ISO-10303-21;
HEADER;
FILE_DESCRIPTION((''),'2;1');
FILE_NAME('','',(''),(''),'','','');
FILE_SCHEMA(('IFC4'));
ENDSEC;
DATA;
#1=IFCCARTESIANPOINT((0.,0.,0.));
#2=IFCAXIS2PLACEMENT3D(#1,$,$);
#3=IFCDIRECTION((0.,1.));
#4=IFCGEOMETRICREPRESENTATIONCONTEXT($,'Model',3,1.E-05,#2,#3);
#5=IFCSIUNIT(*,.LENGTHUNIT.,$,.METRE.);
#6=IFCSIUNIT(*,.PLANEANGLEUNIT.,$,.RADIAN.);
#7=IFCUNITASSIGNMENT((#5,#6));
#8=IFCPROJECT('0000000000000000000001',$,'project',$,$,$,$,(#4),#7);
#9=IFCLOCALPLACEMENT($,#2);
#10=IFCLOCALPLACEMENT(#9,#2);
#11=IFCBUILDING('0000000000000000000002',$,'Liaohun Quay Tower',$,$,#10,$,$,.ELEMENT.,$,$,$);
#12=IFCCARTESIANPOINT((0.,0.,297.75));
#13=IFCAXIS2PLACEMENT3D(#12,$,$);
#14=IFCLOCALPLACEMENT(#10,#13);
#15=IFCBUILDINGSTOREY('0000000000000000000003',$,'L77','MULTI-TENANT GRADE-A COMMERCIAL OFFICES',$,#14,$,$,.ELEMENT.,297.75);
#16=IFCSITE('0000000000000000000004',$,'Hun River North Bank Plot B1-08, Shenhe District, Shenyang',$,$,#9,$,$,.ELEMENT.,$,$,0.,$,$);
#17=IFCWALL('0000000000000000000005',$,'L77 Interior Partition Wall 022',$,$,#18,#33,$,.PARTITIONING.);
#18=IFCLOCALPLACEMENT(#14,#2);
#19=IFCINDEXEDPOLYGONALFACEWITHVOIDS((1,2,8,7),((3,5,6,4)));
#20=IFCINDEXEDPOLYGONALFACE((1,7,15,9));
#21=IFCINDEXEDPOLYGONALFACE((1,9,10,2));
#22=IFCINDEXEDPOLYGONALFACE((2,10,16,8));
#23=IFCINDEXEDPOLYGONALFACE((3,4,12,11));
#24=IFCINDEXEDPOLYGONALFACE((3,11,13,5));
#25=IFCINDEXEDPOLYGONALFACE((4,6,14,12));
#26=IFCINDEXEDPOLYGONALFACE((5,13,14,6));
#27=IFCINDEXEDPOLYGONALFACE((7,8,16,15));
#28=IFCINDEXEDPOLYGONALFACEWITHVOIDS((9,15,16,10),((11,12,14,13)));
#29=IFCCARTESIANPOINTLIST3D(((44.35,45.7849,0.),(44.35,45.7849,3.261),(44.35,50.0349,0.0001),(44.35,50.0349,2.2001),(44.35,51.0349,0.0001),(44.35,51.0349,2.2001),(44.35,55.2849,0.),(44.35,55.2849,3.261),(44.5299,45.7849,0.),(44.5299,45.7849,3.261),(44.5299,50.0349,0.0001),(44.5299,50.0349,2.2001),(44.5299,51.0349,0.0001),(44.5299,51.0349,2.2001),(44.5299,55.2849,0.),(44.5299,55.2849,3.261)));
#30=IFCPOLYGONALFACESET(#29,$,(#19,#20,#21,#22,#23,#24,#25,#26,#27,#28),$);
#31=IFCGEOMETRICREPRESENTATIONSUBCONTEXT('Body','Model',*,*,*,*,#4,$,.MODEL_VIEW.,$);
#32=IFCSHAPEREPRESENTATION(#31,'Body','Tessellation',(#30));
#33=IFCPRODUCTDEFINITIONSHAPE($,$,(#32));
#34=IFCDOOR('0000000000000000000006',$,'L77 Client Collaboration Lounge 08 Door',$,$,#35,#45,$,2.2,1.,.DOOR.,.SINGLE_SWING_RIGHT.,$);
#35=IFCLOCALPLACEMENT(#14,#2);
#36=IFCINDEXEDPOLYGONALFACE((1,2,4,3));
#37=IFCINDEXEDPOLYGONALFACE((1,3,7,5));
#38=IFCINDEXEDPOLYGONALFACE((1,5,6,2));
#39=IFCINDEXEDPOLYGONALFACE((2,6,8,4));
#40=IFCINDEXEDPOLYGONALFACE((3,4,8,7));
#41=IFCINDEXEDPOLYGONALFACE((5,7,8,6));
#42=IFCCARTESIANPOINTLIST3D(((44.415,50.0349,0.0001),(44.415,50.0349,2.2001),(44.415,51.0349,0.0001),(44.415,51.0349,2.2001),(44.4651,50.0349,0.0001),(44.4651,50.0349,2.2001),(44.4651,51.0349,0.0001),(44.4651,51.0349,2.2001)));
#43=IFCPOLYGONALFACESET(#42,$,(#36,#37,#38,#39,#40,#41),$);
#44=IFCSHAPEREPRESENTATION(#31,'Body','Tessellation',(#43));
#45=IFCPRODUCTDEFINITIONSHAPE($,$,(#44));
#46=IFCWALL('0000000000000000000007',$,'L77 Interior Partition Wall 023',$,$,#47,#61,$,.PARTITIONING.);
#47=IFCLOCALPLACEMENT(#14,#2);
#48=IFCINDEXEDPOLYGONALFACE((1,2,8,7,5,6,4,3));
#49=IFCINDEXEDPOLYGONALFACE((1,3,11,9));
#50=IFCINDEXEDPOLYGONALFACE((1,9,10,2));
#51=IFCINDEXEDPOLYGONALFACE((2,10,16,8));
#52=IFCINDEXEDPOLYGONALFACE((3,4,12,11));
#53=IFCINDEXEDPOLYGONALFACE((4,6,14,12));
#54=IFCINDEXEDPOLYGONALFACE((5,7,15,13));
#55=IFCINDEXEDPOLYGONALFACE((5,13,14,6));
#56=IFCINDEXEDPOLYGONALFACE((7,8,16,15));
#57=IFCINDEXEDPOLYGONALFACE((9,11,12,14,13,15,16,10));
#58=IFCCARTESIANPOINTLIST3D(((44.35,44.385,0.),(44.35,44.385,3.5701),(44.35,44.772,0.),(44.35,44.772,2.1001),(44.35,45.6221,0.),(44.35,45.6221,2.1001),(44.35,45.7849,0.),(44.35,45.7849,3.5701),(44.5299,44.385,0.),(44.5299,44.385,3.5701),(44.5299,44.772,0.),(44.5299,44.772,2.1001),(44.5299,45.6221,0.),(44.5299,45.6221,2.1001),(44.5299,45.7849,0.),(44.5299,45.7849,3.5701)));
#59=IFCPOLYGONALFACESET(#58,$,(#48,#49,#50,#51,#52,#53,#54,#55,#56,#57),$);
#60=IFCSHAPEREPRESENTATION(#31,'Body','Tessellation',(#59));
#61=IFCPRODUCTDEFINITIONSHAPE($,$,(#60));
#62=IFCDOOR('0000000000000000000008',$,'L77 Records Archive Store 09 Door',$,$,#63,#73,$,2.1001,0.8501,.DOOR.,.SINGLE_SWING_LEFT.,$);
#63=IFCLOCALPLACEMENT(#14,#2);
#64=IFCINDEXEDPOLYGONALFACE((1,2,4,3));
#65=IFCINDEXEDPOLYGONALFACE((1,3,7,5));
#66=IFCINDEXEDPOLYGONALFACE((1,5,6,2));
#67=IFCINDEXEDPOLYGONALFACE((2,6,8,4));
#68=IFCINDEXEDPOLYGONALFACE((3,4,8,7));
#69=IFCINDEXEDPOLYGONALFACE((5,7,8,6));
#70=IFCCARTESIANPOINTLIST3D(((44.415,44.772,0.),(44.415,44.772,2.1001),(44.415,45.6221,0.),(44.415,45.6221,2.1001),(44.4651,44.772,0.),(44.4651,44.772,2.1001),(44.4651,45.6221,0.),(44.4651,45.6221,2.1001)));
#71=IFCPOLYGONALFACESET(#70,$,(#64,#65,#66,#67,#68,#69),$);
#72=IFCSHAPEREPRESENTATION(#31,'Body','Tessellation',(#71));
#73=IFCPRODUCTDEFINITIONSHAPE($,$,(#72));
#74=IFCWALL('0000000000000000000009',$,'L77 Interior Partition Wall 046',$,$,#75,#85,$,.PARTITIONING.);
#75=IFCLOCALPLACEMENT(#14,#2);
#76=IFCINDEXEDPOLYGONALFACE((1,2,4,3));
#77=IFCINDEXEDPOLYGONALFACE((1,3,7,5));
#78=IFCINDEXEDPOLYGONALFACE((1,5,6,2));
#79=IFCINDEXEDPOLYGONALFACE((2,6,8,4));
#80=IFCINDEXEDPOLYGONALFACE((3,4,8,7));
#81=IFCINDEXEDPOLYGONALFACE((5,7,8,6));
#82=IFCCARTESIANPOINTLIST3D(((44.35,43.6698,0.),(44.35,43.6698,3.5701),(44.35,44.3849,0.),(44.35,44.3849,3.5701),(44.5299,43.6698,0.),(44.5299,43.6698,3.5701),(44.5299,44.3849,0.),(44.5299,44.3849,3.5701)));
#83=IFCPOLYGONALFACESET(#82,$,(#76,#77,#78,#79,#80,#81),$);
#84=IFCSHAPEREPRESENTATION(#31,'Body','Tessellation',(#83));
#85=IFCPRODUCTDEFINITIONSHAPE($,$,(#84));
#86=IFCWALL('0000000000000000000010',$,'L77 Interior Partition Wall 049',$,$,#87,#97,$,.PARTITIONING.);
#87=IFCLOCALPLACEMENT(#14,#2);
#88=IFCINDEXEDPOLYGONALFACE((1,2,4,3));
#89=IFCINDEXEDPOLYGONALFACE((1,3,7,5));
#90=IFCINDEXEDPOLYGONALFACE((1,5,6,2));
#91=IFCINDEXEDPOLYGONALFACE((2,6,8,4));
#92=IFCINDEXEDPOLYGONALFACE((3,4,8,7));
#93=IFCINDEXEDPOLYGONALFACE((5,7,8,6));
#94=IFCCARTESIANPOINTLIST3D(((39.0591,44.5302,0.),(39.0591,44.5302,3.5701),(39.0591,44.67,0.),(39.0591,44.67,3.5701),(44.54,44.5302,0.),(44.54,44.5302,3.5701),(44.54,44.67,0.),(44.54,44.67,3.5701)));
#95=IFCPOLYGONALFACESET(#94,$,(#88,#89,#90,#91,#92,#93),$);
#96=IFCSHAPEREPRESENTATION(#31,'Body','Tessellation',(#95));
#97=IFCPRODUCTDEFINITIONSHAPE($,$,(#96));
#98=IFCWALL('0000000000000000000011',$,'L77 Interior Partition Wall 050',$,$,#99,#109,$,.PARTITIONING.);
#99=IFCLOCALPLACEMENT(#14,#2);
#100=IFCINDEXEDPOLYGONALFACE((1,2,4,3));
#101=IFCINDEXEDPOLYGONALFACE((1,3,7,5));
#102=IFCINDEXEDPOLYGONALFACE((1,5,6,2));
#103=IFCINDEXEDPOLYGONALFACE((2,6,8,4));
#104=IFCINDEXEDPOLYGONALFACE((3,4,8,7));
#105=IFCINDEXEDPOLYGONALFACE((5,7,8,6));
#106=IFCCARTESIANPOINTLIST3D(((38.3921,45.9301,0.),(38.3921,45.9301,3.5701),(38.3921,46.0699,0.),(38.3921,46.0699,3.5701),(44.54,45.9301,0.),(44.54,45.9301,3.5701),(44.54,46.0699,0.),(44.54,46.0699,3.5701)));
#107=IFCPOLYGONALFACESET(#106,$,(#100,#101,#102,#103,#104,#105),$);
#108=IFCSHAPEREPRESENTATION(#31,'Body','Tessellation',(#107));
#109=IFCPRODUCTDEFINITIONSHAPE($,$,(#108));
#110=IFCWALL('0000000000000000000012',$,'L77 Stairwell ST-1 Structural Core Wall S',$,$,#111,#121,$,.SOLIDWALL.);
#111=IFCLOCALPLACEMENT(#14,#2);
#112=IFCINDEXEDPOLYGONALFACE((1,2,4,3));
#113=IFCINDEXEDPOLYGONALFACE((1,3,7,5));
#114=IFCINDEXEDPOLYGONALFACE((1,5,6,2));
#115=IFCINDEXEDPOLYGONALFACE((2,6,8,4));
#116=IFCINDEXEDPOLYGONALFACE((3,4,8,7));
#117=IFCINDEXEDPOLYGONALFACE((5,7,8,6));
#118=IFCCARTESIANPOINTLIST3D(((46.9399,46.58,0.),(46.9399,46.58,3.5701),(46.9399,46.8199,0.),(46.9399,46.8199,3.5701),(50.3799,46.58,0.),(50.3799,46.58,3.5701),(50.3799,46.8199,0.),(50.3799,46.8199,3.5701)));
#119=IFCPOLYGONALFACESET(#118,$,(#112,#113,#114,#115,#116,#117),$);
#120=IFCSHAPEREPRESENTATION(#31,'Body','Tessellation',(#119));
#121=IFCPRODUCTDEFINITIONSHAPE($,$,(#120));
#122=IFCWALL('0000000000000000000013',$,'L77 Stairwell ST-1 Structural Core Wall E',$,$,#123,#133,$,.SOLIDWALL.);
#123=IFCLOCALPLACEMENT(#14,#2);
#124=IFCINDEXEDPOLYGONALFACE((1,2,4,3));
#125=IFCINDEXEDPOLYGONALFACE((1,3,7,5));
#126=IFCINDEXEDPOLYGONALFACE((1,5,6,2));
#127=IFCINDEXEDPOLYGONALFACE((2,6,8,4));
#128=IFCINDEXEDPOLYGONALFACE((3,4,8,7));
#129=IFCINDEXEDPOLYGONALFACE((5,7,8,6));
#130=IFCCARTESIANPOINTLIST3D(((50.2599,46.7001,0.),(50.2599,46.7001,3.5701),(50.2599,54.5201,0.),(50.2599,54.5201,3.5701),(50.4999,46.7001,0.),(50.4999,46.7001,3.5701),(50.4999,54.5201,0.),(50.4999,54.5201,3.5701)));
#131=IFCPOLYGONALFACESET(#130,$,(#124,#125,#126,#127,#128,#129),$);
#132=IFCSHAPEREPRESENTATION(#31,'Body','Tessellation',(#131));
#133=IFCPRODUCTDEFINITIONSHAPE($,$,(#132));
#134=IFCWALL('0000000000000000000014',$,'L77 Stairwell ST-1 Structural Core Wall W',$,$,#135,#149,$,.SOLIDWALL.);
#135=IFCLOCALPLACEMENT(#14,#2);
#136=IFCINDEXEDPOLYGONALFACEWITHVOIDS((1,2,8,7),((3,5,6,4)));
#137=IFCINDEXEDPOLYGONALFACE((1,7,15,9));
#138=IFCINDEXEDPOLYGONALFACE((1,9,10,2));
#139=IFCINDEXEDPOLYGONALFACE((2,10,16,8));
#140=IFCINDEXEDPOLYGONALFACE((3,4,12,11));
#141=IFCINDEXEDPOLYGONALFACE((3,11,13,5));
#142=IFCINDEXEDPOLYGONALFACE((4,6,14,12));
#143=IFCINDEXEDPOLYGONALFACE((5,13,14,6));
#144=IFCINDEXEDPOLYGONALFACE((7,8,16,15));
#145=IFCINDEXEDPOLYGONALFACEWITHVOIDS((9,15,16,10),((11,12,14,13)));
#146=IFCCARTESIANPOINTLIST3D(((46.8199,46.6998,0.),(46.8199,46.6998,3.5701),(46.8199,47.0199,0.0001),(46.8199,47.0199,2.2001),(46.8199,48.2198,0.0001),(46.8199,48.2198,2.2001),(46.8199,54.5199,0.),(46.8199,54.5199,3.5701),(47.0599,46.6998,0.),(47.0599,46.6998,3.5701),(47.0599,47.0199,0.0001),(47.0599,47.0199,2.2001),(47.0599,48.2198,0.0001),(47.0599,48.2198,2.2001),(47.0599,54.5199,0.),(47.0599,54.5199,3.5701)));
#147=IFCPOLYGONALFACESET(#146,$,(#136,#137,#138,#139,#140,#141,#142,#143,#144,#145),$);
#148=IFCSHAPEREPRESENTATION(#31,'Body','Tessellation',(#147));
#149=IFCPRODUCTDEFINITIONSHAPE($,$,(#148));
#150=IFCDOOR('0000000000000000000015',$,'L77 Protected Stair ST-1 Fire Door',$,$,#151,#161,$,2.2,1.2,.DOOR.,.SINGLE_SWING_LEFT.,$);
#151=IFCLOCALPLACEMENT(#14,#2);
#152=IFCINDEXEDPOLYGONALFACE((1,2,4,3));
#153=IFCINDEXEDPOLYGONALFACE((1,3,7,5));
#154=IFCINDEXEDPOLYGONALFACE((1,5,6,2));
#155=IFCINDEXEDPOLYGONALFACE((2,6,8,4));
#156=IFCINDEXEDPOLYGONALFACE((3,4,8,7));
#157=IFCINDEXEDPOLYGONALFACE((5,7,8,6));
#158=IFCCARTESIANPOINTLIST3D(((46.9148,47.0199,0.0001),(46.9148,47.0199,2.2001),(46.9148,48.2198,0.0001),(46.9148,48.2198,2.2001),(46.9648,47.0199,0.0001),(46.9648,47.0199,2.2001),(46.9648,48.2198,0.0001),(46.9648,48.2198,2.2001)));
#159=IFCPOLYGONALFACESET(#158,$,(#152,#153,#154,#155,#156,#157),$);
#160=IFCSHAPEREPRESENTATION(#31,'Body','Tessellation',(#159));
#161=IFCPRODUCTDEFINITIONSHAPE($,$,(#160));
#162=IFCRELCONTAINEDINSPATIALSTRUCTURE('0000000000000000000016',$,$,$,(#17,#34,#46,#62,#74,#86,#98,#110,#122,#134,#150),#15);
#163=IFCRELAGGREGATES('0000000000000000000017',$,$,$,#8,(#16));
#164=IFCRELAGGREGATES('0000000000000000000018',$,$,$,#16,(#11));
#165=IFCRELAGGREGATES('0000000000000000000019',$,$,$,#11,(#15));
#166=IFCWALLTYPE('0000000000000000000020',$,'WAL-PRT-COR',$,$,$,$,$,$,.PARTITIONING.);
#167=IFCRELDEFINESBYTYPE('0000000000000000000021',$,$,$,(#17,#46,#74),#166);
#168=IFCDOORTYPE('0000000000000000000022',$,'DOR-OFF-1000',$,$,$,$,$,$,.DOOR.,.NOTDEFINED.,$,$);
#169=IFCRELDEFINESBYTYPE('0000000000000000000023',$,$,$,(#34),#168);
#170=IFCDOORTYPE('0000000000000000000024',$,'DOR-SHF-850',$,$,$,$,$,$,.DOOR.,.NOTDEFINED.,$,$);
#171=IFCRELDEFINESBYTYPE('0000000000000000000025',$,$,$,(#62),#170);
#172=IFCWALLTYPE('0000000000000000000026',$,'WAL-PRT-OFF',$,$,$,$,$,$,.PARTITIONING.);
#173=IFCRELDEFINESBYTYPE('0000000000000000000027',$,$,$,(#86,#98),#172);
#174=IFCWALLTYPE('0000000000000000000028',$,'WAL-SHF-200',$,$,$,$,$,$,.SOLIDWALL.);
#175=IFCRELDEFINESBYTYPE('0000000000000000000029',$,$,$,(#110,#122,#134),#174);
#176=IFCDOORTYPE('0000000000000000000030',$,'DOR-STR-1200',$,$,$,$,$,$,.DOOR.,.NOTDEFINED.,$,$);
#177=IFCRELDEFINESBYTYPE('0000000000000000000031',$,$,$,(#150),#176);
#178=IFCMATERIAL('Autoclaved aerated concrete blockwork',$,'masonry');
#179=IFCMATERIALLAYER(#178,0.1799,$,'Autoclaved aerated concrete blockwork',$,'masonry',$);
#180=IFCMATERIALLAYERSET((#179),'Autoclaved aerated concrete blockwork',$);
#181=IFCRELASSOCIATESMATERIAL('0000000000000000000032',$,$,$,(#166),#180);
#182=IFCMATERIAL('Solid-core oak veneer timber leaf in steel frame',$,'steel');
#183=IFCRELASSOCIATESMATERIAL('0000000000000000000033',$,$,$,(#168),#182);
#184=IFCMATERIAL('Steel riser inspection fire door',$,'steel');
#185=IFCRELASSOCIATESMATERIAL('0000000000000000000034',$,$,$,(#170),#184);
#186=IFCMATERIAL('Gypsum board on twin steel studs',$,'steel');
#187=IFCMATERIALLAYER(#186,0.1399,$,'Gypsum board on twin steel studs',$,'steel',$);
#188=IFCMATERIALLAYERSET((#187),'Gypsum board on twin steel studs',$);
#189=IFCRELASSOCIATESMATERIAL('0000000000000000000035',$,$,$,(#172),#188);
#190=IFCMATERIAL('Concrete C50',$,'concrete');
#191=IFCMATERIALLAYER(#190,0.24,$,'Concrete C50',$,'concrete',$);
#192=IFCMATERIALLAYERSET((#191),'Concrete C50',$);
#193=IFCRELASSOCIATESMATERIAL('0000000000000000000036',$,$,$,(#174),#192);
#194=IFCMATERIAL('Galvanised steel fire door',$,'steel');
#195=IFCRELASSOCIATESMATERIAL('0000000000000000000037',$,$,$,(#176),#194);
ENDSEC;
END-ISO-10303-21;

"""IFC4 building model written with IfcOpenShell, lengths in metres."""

from ifc_helpers import new_model, si_unit, direction, frame, frame_2d, origin, place, context, subcontext, project, spatial, rectangle, extrude, source, transform, mapped, material, layer, layer_set, type_object, element, fill, save


model = new_model("IFC4")

# Units and contexts
model_context = context("Model", 3, precision=1e-05, world=origin(), true_north=direction((0.0, 1.0)))
body_context = subcontext(model_context, "Body", "Model", "MODEL_VIEW")
ifc_project = project(units=[si_unit("LENGTHUNIT", "METRE"), si_unit("PLANEANGLEUNIT", "RADIAN")], contexts=[model_context])

# Site, building, storey
site_placement = place(None, origin())
site = spatial("IfcSite", under=ifc_project, at=site_placement, Name="Hun River North Bank Plot B1-08, Shenhe District, Shenyang", CompositionType="ELEMENT", RefElevation=0.0)
building_placement = place(site_placement, origin())
building = spatial("IfcBuilding", under=site, at=building_placement, Name="Liaohun Quay Tower", CompositionType="ELEMENT")
storey_placement = place(building_placement, frame((0.0, 0.0, 297.75)))
storey = spatial("IfcBuildingStorey", under=building, at=storey_placement, Name="L77", Description="MULTI-TENANT GRADE-A COMMERCIAL OFFICES", CompositionType="ELEMENT", Elevation=297.75)

# Shared definitions
ifc_material_1 = material(Name="Concrete C50", Category="concrete")

# Walls, openings, doors
ifc_material_2 = material(Name="Autoclaved aerated concrete blockwork", Category="masonry")
ifc_layer_1 = layer(ifc_material_2, 0.1799, Name="Autoclaved aerated concrete blockwork", Category="masonry")
ifc_layer_set_1 = layer_set([ifc_layer_1], Name="Autoclaved aerated concrete blockwork")
wall_type_1 = type_object("IfcWallType", Name="WAL-PRT-COR", PredefinedType="PARTITIONING", material=ifc_layer_set_1)
wall_1_placement = place(storey_placement, frame((44.4399, 45.7849, 0.0), z_axis=(0.0, 0.0, 1.0), x_axis=(0.0, 1.0, 0.0)))
wall_1 = element("IfcWall", 1, at=wall_1_placement, inside=storey, type_object=wall_type_1, Name="L77 Interior Partition Wall 022", PredefinedType="PARTITIONING", context=body_context, shape_type="SweptSolid", body=[
    extrude(rectangle(XDim=9.5, YDim=0.1799, at=frame_2d((4.75, 0.0))), origin(), (0.0, 0.0, 1.0), 3.261),
])
shared_shape_1 = source(origin(), body_context, "Body", "SweptSolid", [
    extrude(rectangle(XDim=1.0, YDim=2.2, at=frame_2d((0.5, 1.1001))), frame((0.0, 0.0999, 0.0), z_axis=(0.0, -1.0, 0.0), x_axis=(1.0, 0.0, 0.0)), (0.0, 0.0, 1.0), 0.2),
])
opening_1_placement = place(wall_1_placement, frame((4.25, 0.0, 0.0)))
opening_1 = element("IfcOpeningElement", 2, at=opening_1_placement, cuts=wall_1, PredefinedType="OPENING", context=body_context, shape_type="MappedRepresentation", body=[
    mapped(shared_shape_1, transform((0.0, 0.0, 0.0), x_axis=(1.0, 0.0, 0.0), y_axis=(0.0, 1.0, 0.0), z_axis=(0.0, 0.0, 1.0), scale=1.0)),
])
ifc_material_3 = material(Name="Solid-core oak veneer timber leaf in steel frame", Category="steel")
door_type_1 = type_object("IfcDoorType", Name="DOR-OFF-1000", OperationType="NOTDEFINED", PredefinedType="DOOR", material=ifc_material_3)
shared_shape_2 = source(origin(), body_context, "Body", "SweptSolid", [
    extrude(rectangle(XDim=1.0, YDim=2.2, at=frame_2d((0.5, 1.1001))), frame((0.0, 0.0249, 0.0), z_axis=(0.0, -1.0, 0.0), x_axis=(1.0, 0.0, 0.0)), (0.0, 0.0, 1.0), 0.05),
])
door_1_placement = place(opening_1_placement, origin())
door_1 = element("IfcDoor", 3, at=door_1_placement, inside=storey, type_object=door_type_1, Name="L77 Client Collaboration Lounge 08 Door", OperationType="SINGLE_SWING_RIGHT", OverallHeight=2.2, OverallWidth=1.0, PredefinedType="DOOR", context=body_context, shape_type="MappedRepresentation", body=[
    mapped(shared_shape_2, transform((0.0, 0.0, 0.0), x_axis=(1.0, 0.0, 0.0), y_axis=(0.0, 1.0, 0.0), z_axis=(0.0, 0.0, 1.0), scale=1.0)),
])
fill(opening_1, door_1)
wall_2_placement = place(storey_placement, frame((44.4399, 44.385, 0.0), z_axis=(0.0, 0.0, 1.0), x_axis=(0.0, 1.0, 0.0)))
wall_2 = element("IfcWall", 4, at=wall_2_placement, inside=storey, type_object=wall_type_1, Name="L77 Interior Partition Wall 023", PredefinedType="PARTITIONING", context=body_context, shape_type="SweptSolid", body=[
    extrude(rectangle(XDim=1.3999, YDim=0.1799, at=frame_2d((0.7, 0.0))), origin(), (0.0, 0.0, 1.0), 3.5701),
])
shared_shape_3 = source(origin(), body_context, "Body", "SweptSolid", [
    extrude(rectangle(XDim=0.8501, YDim=2.1001, at=frame_2d((0.425, 1.05))), frame((0.0, 0.0999, 0.0), z_axis=(0.0, -1.0, 0.0), x_axis=(1.0, 0.0, 0.0)), (0.0, 0.0, 1.0), 0.2),
])
opening_2_placement = place(wall_2_placement, frame((0.387, 0.0, 0.0)))
opening_2 = element("IfcOpeningElement", 5, at=opening_2_placement, cuts=wall_2, PredefinedType="OPENING", context=body_context, shape_type="MappedRepresentation", body=[
    mapped(shared_shape_3, transform((0.0, 0.0, 0.0), x_axis=(1.0, 0.0, 0.0), y_axis=(0.0, 1.0, 0.0), z_axis=(0.0, 0.0, 1.0), scale=1.0)),
])
ifc_material_4 = material(Name="Steel riser inspection fire door", Category="steel")
door_type_2 = type_object("IfcDoorType", Name="DOR-SHF-850", OperationType="NOTDEFINED", PredefinedType="DOOR", material=ifc_material_4)
shared_shape_4 = source(origin(), body_context, "Body", "SweptSolid", [
    extrude(rectangle(XDim=0.8501, YDim=2.1001, at=frame_2d((0.425, 1.05))), frame((0.0, 0.0249, 0.0), z_axis=(0.0, -1.0, 0.0), x_axis=(1.0, 0.0, 0.0)), (0.0, 0.0, 1.0), 0.05),
])
door_2_placement = place(opening_2_placement, origin())
door_2 = element("IfcDoor", 6, at=door_2_placement, inside=storey, type_object=door_type_2, Name="L77 Records Archive Store 09 Door", OperationType="SINGLE_SWING_LEFT", OverallHeight=2.1001, OverallWidth=0.8501, PredefinedType="DOOR", context=body_context, shape_type="MappedRepresentation", body=[
    mapped(shared_shape_4, transform((0.0, 0.0, 0.0), x_axis=(1.0, 0.0, 0.0), y_axis=(0.0, 1.0, 0.0), z_axis=(0.0, 0.0, 1.0), scale=1.0)),
])
fill(opening_2, door_2)

# Walls
wall_3_placement = place(storey_placement, frame((44.4399, 43.6699, 0.0), z_axis=(0.0, 0.0, 1.0), x_axis=(0.0, 1.0, 0.0)))
element("IfcWall", 7, at=wall_3_placement, inside=storey, type_object=wall_type_1, Name="L77 Interior Partition Wall 046", PredefinedType="PARTITIONING", context=body_context, shape_type="SweptSolid", body=[
    extrude(rectangle(XDim=0.7151, YDim=0.1799, at=frame_2d((0.3574, 0.0))), origin(), (0.0, 0.0, 1.0), 3.5701),
])
ifc_material_5 = material(Name="Gypsum board on twin steel studs", Category="steel")
ifc_layer_2 = layer(ifc_material_5, 0.1399, Name="Gypsum board on twin steel studs", Category="steel")
ifc_layer_set_2 = layer_set([ifc_layer_2], Name="Gypsum board on twin steel studs")
wall_type_2 = type_object("IfcWallType", Name="WAL-PRT-OFF", PredefinedType="PARTITIONING", material=ifc_layer_set_2)
wall_4_placement = place(storey_placement, frame((44.54, 44.6001, 0.0), z_axis=(0.0, 0.0, 1.0), x_axis=(-1.0, 0.0, 0.0)))
element("IfcWall", 8, at=wall_4_placement, inside=storey, type_object=wall_type_2, Name="L77 Interior Partition Wall 049", PredefinedType="PARTITIONING", context=body_context, shape_type="SweptSolid", body=[
    extrude(rectangle(XDim=5.481, YDim=0.1399, at=frame_2d((2.7405, 0.0))), origin(), (0.0, 0.0, 1.0), 3.5701),
])
wall_5_placement = place(storey_placement, frame((44.54, 46.0, 0.0), z_axis=(0.0, 0.0, 1.0), x_axis=(-1.0, 0.0, 0.0)))
element("IfcWall", 9, at=wall_5_placement, inside=storey, type_object=wall_type_2, Name="L77 Interior Partition Wall 050", PredefinedType="PARTITIONING", context=body_context, shape_type="SweptSolid", body=[
    extrude(rectangle(XDim=6.1479, YDim=0.1399, at=frame_2d((3.074, 0.0))), origin(), (0.0, 0.0, 1.0), 3.5701),
])
ifc_layer_3 = layer(ifc_material_1, 0.24, Name="Concrete C50", Category="concrete")
ifc_layer_set_3 = layer_set([ifc_layer_3], Name="Concrete C50")
wall_type_3 = type_object("IfcWallType", Name="WAL-SHF-200", PredefinedType="SOLIDWALL", material=ifc_layer_set_3)
wall_6_placement = place(storey_placement, frame((46.9399, 46.7, 0.0), z_axis=(0.0, 0.0, 1.0), x_axis=(1.0, 0.0, 0.0)))
element("IfcWall", 10, at=wall_6_placement, inside=storey, type_object=wall_type_3, Name="L77 Stairwell ST-1 Structural Core Wall S", PredefinedType="SOLIDWALL", context=body_context, shape_type="SweptSolid", body=[
    extrude(rectangle(XDim=3.4399, YDim=0.24, at=frame_2d((1.72, 0.0))), origin(), (0.0, 0.0, 1.0), 3.5701),
])
wall_7_placement = place(storey_placement, frame((50.3799, 46.7, 0.0), z_axis=(0.0, 0.0, 1.0), x_axis=(0.0, 1.0, 0.0)))
element("IfcWall", 11, at=wall_7_placement, inside=storey, type_object=wall_type_3, Name="L77 Stairwell ST-1 Structural Core Wall E", PredefinedType="SOLIDWALL", context=body_context, shape_type="SweptSolid", body=[
    extrude(rectangle(XDim=7.8201, YDim=0.24, at=frame_2d((3.9102, 0.0))), origin(), (0.0, 0.0, 1.0), 3.5701),
])

# Wall, opening, door
wall_8_placement = place(storey_placement, frame((46.9399, 54.52, 0.0), z_axis=(0.0, 0.0, 1.0), x_axis=(0.0, -1.0, 0.0)))
wall_8 = element("IfcWall", 12, at=wall_8_placement, inside=storey, type_object=wall_type_3, Name="L77 Stairwell ST-1 Structural Core Wall W", PredefinedType="SOLIDWALL", context=body_context, shape_type="SweptSolid", body=[
    extrude(rectangle(XDim=7.8201, YDim=0.24, at=frame_2d((3.9102, 0.0))), origin(), (0.0, 0.0, 1.0), 3.5701),
])
shared_shape_5 = source(origin(), body_context, "Body", "SweptSolid", [
    extrude(rectangle(XDim=1.2, YDim=2.2, at=frame_2d((0.6001, 1.1001))), frame((0.0, 0.1299, 0.0), z_axis=(0.0, -1.0, 0.0), x_axis=(1.0, 0.0, 0.0)), (0.0, 0.0, 1.0), 0.26),
])
opening_3_placement = place(wall_8_placement, frame((6.3, 0.0, 0.0)))
opening_3 = element("IfcOpeningElement", 13, at=opening_3_placement, cuts=wall_8, PredefinedType="OPENING", context=body_context, shape_type="MappedRepresentation", body=[
    mapped(shared_shape_5, transform((0.0, 0.0, 0.0), x_axis=(1.0, 0.0, 0.0), y_axis=(0.0, 1.0, 0.0), z_axis=(0.0, 0.0, 1.0), scale=1.0)),
])
ifc_material_6 = material(Name="Galvanised steel fire door", Category="steel")
door_type_3 = type_object("IfcDoorType", Name="DOR-STR-1200", OperationType="NOTDEFINED", PredefinedType="DOOR", material=ifc_material_6)
shared_shape_6 = source(origin(), body_context, "Body", "SweptSolid", [
    extrude(rectangle(XDim=1.2, YDim=2.2, at=frame_2d((0.6001, 1.1001))), frame((0.0, 0.0249, 0.0), z_axis=(0.0, -1.0, 0.0), x_axis=(1.0, 0.0, 0.0)), (0.0, 0.0, 1.0), 0.05),
])
door_3_placement = place(opening_3_placement, origin())
door_3 = element("IfcDoor", 14, at=door_3_placement, inside=storey, type_object=door_type_3, Name="L77 Protected Stair ST-1 Fire Door", OperationType="SINGLE_SWING_LEFT", OverallHeight=2.2, OverallWidth=1.2, PredefinedType="DOOR", context=body_context, shape_type="MappedRepresentation", body=[
    mapped(shared_shape_6, transform((0.0, 0.0, 0.0), x_axis=(1.0, 0.0, 0.0), y_axis=(0.0, 1.0, 0.0), z_axis=(0.0, 0.0, 1.0), scale=1.0)),
])
fill(opening_3, door_3)

save(model, "model.ifc")
